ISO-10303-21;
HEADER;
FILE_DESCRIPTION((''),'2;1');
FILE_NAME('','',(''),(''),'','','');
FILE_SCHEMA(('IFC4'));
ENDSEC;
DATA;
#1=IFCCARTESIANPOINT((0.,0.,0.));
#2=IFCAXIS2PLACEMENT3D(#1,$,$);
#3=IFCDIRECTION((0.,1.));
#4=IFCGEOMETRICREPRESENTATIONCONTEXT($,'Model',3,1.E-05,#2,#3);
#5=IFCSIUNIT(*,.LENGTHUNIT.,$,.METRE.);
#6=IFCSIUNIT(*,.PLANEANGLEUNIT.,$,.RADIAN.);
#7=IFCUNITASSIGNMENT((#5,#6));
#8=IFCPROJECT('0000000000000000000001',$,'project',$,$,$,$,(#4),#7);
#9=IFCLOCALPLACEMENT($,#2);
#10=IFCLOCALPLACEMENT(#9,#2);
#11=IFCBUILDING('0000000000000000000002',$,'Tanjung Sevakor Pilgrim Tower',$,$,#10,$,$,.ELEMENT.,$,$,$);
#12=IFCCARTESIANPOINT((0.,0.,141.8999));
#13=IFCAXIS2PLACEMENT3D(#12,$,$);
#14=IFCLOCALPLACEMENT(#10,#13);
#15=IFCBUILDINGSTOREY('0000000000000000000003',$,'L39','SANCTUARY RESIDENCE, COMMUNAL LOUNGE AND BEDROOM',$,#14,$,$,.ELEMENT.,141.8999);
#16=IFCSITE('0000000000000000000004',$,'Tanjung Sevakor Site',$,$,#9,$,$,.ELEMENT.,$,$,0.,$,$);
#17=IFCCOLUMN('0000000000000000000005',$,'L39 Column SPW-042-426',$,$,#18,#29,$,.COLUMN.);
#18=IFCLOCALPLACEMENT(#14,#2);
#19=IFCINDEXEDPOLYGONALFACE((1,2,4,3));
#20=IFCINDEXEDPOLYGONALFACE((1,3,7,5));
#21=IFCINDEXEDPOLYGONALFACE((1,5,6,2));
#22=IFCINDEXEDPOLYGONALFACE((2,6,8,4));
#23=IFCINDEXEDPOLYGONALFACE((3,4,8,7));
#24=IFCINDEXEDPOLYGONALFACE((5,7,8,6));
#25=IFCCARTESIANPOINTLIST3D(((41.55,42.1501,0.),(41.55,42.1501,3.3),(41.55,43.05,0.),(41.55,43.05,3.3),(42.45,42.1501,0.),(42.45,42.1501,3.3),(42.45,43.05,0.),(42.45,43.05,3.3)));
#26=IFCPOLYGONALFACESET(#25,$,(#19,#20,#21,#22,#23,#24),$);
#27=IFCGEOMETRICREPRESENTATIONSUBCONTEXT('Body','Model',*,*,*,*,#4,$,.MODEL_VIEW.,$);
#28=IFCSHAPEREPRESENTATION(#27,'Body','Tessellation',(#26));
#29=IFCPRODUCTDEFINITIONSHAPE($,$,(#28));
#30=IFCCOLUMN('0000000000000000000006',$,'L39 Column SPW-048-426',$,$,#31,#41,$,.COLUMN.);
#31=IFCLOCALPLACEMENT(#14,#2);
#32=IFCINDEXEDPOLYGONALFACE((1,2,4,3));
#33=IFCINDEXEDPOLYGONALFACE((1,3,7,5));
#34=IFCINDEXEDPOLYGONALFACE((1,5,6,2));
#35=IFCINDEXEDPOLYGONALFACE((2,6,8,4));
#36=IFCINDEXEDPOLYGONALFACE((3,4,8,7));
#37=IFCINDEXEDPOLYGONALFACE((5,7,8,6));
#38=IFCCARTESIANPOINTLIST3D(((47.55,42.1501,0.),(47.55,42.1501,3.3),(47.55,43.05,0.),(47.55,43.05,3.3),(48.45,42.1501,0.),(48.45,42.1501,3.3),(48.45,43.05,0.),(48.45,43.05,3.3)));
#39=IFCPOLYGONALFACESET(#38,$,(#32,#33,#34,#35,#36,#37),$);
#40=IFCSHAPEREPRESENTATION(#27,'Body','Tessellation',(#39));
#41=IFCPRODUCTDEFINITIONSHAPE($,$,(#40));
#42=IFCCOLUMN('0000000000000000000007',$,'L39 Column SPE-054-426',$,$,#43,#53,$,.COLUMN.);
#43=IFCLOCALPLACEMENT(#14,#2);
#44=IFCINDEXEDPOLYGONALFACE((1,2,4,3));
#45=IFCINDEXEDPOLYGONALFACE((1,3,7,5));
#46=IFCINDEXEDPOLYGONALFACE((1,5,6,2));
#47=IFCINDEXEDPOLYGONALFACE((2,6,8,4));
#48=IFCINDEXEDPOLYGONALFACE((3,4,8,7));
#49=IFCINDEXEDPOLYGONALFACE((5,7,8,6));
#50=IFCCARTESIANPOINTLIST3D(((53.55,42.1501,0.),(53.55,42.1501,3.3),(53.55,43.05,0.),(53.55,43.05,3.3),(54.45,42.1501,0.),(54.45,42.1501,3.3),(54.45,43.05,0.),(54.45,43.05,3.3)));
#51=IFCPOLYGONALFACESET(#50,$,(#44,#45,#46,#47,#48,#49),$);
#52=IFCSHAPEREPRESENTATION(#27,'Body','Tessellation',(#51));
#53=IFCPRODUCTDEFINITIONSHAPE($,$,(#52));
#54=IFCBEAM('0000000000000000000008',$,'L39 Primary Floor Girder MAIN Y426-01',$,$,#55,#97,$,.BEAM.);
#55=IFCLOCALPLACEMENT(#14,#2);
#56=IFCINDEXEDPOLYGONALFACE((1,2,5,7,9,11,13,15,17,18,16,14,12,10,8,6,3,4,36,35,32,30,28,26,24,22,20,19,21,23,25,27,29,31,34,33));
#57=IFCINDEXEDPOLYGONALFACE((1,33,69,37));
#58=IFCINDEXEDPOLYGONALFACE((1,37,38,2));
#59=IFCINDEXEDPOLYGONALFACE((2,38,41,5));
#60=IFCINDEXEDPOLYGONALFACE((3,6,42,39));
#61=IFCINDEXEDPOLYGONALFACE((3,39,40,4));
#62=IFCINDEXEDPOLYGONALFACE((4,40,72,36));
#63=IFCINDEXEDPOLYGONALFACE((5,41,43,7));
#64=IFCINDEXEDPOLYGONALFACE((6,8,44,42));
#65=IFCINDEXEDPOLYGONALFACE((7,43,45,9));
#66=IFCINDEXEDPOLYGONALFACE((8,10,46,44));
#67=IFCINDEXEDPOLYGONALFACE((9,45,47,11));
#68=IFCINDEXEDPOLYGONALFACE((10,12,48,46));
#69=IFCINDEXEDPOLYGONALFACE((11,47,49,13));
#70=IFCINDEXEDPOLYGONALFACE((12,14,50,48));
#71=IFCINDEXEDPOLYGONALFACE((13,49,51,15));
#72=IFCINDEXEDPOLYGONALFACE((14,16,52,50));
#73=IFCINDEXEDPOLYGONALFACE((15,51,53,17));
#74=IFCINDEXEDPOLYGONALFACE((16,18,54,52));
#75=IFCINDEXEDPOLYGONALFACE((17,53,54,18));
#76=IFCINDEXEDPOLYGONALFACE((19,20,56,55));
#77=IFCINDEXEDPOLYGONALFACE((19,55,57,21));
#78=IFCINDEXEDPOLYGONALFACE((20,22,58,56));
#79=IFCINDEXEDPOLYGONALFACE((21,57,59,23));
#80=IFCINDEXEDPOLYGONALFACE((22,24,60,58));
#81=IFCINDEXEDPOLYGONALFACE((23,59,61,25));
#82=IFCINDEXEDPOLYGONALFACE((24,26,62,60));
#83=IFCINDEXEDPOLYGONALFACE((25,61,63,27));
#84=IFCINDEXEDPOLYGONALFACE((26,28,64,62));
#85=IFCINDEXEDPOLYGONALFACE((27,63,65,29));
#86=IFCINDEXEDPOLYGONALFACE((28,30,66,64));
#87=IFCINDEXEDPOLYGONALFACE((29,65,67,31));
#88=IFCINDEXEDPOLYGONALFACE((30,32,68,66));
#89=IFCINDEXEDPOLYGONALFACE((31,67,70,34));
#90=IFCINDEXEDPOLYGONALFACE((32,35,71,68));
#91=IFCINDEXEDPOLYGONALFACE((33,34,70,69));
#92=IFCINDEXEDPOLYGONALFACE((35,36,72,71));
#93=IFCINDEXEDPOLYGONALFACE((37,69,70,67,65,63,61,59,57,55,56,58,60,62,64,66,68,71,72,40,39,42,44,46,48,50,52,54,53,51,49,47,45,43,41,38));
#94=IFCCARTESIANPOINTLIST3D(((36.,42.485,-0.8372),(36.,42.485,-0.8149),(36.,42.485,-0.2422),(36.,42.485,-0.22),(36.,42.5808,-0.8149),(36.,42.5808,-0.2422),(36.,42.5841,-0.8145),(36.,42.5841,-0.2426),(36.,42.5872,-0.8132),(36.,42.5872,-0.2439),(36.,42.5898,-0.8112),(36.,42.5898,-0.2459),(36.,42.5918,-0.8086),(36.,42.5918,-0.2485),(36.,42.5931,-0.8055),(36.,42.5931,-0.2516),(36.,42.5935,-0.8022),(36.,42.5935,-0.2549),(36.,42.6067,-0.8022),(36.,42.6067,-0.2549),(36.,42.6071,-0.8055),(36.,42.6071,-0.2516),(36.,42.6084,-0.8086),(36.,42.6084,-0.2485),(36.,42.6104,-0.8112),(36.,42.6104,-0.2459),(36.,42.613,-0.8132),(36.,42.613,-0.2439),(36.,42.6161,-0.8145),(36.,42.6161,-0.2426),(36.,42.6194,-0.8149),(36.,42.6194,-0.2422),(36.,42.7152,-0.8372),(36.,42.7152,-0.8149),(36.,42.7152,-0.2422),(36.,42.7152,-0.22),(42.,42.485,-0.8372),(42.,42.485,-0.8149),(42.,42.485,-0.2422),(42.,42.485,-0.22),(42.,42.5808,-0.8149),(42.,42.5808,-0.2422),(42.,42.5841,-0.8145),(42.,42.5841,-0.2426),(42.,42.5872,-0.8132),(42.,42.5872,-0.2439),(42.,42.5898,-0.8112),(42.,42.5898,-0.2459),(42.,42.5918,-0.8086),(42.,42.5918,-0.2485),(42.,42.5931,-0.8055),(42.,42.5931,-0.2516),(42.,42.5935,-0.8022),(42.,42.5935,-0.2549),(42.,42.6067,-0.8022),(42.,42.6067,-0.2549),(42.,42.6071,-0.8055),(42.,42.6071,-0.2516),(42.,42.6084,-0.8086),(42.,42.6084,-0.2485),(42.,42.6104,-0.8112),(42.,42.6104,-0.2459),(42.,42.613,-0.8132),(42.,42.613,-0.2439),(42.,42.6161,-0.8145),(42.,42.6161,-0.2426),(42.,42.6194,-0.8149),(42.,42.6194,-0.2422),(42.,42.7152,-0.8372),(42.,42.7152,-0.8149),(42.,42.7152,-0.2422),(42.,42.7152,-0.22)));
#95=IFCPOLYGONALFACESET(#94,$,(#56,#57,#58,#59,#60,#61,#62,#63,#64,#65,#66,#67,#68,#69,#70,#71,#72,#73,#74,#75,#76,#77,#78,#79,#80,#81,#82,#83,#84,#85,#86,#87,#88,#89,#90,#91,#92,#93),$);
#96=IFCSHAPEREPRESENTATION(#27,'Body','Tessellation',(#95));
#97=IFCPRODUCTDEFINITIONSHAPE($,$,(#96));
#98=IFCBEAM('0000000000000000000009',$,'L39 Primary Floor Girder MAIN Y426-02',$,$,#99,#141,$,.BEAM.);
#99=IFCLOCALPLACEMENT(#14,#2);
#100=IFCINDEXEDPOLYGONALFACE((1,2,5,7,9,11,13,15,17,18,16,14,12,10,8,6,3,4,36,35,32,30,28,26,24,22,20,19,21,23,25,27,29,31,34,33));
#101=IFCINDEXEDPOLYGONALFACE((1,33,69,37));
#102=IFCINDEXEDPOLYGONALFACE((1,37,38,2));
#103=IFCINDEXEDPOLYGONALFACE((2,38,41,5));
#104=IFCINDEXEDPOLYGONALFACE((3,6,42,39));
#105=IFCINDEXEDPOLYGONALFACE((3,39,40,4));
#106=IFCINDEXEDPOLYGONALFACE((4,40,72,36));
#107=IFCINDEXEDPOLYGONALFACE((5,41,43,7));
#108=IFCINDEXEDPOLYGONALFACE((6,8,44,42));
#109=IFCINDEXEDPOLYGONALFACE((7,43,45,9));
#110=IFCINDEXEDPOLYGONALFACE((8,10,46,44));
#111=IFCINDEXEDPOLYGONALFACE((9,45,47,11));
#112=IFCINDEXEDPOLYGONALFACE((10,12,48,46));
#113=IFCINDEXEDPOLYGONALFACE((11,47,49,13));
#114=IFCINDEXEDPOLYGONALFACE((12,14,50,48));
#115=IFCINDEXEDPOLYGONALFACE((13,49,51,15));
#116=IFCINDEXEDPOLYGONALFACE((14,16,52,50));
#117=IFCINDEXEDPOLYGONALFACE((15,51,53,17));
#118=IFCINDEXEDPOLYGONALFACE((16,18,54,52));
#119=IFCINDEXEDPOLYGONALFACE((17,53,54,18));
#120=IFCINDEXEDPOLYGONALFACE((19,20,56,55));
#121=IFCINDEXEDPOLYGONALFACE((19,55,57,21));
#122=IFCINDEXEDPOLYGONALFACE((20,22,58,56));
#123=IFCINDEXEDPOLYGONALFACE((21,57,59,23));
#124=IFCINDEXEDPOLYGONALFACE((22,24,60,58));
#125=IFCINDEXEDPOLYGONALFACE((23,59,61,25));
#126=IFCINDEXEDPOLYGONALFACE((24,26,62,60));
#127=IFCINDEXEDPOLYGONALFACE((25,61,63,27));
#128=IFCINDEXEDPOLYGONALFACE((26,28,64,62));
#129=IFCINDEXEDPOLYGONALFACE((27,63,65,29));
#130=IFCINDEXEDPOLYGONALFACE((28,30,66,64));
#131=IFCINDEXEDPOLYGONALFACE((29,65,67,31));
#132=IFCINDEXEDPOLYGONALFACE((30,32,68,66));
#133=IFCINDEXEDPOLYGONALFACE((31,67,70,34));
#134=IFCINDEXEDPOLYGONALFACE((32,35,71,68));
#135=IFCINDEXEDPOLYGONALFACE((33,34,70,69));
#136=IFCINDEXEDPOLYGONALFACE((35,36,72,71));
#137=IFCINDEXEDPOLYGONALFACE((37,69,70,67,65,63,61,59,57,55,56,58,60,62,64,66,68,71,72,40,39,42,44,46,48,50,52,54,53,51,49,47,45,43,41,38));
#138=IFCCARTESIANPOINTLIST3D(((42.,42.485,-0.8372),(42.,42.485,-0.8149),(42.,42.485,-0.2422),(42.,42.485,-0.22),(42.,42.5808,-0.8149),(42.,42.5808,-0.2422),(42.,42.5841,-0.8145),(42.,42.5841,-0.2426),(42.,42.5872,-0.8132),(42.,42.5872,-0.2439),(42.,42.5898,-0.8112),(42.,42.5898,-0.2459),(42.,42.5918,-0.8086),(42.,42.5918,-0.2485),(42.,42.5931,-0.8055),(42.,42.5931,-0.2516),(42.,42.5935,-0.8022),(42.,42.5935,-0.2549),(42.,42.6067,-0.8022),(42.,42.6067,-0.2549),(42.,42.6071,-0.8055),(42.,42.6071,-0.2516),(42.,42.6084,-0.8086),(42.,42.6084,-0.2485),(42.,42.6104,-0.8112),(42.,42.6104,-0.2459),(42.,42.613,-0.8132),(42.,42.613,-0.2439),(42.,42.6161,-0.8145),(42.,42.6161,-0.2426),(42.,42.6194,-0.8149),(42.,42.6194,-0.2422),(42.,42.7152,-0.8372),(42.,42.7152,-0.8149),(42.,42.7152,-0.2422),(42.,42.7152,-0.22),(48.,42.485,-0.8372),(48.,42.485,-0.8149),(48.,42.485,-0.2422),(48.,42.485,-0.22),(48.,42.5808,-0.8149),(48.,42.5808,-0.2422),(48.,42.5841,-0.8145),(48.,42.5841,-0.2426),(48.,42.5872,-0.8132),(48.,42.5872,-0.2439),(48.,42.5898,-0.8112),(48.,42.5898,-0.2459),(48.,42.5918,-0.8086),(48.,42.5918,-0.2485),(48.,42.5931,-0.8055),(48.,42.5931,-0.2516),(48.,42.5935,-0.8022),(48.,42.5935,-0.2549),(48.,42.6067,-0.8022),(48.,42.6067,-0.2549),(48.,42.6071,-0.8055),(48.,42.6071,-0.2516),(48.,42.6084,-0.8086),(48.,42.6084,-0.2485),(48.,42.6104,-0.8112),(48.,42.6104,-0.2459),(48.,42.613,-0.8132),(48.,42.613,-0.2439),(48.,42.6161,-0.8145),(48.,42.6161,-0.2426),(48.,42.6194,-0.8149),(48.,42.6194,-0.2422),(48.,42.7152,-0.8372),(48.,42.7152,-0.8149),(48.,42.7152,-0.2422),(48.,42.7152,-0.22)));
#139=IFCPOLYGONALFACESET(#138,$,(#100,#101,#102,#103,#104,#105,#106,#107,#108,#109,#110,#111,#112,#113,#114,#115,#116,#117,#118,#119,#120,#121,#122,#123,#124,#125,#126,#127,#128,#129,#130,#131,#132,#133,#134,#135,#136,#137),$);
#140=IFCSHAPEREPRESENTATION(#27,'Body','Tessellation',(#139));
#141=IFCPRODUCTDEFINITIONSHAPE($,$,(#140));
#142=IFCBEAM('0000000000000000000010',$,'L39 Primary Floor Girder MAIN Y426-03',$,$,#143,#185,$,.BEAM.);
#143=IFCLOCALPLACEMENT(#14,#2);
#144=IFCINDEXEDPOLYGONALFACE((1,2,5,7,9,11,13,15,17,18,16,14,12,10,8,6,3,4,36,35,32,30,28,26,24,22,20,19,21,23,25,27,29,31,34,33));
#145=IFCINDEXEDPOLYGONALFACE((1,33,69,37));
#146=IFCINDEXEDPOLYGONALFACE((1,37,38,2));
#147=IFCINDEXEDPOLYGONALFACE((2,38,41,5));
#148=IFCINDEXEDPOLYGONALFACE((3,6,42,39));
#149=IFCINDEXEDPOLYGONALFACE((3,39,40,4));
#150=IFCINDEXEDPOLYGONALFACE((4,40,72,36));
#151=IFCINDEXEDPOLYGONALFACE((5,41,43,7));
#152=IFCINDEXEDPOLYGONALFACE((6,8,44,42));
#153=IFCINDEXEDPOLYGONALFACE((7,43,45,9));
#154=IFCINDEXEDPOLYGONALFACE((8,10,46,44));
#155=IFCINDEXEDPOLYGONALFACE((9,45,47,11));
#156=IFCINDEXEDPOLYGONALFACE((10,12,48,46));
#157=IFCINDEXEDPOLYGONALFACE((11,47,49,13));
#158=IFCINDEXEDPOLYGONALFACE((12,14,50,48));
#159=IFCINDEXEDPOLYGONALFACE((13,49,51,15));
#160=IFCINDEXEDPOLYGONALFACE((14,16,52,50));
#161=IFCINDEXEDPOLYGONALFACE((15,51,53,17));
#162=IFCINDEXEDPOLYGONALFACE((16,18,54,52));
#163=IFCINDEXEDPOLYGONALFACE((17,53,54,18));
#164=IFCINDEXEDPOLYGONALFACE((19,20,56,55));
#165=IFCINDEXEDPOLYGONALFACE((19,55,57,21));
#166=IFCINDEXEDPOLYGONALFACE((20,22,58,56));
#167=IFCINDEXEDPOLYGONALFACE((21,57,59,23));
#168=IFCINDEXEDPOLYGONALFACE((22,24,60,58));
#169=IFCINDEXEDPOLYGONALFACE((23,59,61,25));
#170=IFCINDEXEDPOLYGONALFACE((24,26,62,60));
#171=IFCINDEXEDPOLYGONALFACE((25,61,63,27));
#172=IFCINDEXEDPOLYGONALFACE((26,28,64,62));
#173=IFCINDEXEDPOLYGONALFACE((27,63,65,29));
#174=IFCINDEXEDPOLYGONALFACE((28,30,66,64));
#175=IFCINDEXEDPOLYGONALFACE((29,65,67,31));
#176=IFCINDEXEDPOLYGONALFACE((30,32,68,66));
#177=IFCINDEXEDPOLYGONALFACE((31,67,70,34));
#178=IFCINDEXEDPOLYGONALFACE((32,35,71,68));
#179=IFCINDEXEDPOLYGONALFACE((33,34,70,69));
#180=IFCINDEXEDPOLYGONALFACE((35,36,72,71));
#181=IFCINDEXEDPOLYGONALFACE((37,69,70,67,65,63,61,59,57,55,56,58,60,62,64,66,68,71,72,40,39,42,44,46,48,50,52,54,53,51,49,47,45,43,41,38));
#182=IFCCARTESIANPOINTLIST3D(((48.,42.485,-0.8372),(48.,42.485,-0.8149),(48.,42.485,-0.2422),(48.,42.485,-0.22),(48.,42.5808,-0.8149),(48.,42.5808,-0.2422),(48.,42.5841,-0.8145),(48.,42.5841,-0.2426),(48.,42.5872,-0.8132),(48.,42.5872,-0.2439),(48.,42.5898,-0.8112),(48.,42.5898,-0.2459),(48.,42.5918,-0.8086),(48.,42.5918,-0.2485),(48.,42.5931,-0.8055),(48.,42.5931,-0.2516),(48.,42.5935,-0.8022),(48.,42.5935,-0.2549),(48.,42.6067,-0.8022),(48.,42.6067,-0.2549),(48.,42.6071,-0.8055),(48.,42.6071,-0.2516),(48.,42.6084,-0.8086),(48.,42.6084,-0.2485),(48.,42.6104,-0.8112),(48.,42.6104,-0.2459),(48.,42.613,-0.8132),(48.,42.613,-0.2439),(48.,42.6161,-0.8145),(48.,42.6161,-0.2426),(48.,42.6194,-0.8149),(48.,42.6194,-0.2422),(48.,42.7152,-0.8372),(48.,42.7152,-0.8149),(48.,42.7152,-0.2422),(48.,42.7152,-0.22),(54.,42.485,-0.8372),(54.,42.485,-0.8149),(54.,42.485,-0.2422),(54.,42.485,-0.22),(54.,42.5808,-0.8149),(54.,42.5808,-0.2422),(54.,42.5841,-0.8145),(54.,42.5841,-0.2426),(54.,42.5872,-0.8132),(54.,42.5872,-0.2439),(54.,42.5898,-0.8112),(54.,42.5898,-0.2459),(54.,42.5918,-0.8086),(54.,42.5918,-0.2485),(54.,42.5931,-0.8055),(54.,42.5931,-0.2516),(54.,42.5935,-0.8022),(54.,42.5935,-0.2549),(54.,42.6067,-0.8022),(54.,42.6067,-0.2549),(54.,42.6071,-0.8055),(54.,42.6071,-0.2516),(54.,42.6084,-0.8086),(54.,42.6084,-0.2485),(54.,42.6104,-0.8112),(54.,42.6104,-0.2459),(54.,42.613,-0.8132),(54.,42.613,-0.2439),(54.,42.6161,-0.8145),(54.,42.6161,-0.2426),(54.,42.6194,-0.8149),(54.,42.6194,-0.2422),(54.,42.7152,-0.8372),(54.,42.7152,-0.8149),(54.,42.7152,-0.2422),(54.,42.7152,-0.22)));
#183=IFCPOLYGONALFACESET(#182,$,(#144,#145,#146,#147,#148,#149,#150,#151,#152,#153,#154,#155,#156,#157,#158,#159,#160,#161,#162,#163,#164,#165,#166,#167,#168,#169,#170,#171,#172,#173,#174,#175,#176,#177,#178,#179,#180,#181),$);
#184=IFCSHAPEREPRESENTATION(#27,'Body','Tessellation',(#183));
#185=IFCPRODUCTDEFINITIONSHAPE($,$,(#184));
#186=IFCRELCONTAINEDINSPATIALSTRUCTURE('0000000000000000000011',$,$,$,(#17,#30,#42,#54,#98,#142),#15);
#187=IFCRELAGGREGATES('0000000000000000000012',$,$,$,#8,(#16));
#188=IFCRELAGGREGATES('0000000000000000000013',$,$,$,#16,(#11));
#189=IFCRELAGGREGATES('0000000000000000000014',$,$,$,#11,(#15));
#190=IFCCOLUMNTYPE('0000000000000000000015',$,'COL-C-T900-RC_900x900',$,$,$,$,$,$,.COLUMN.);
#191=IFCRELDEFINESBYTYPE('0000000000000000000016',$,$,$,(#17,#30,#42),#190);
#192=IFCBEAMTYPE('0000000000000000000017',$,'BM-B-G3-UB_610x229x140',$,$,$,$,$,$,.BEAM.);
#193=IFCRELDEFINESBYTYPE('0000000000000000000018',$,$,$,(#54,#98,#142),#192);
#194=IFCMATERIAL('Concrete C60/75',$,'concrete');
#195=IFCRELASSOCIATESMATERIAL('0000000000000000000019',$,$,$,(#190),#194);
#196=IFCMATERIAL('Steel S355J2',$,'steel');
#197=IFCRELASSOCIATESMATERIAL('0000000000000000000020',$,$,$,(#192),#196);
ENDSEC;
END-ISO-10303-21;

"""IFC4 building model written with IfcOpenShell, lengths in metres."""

from ifc_helpers import new_model, si_unit, direction, frame, origin, origin_2d, place, context, subcontext, project, spatial, rectangle, i_section, extrude, material, material_profile, profile_set, type_object, element, save


model = new_model("IFC4")

# Units and contexts
model_context = context("Model", 3, precision=1e-05, world=origin(), true_north=direction((0.0, 1.0)))
body_context = subcontext(model_context, "Body", "Model", "MODEL_VIEW")
ifc_project = project(units=[si_unit("LENGTHUNIT", "METRE"), si_unit("PLANEANGLEUNIT", "RADIAN")], contexts=[model_context])

# Site, building, storey
site_placement = place(None, origin())
site = spatial("IfcSite", under=ifc_project, at=site_placement, Name="Tanjung Sevakor Site", CompositionType="ELEMENT", RefElevation=0.0)
building_placement = place(site_placement, origin())
building = spatial("IfcBuilding", under=site, at=building_placement, Name="Tanjung Sevakor Pilgrim Tower", CompositionType="ELEMENT")
storey_placement = place(building_placement, frame((0.0, 0.0, 141.8999)))
storey = spatial("IfcBuildingStorey", under=building, at=storey_placement, Name="L39", Description="SANCTUARY RESIDENCE, COMMUNAL LOUNGE AND BEDROOM", CompositionType="ELEMENT", Elevation=141.8999)

# Columns
ifc_material_1 = material(Name="Concrete C60/75", Category="concrete")
ifc_material_profile_1 = material_profile(ifc_material_1, rectangle(XDim=0.8999, YDim=0.8999, at=origin_2d()))
ifc_profile_set_1 = profile_set([ifc_material_profile_1], Name="Concrete C60/75")
column_type = type_object("IfcColumnType", Name="COL-C-T900-RC_900x900", PredefinedType="COLUMN", material=ifc_profile_set_1)
for number, where, z_axis, x_axis, name in (
    (1, (42.0, 42.6001, 0.0), (0.0, 0.0, 1.0), (1.0, 0.0, 0.0), "L39 Column SPW-042-426"),
    (2, (48.0, 42.6001, 0.0), (0.0, 0.0, 1.0), (1.0, 0.0, 0.0), "L39 Column SPW-048-426"),
    (3, (54.0, 42.6001, 0.0), (0.0, 0.0, 1.0), (1.0, 0.0, 0.0), "L39 Column SPE-054-426"),
):
    element("IfcColumn", number, at=place(storey_placement, frame(where, z_axis=z_axis, x_axis=x_axis)), inside=storey, type_object=column_type, Name=name, PredefinedType="COLUMN", context=body_context, shape_type="SweptSolid", body=[
        extrude(rectangle(XDim=0.8999, YDim=0.8999, at=origin_2d()), origin(), (0.0, 0.0, 1.0), 3.3),
    ])

# Beams
ifc_material_2 = material(Name="Steel S355J2", Category="steel")
ifc_material_profile_2 = material_profile(ifc_material_2, i_section(OverallWidth=0.2302, OverallDepth=0.6172, WebThickness=0.0132, FlangeThickness=0.0222, FilletRadius=0.0127, at=origin_2d()))
ifc_profile_set_2 = profile_set([ifc_material_profile_2], Name="Steel S355J2")
beam_type_1 = type_object("IfcBeamType", Name="BM-B-G3-UB_610x229x140", PredefinedType="BEAM", material=ifc_profile_set_2)
for number, where, z_axis, x_axis, name in (
    (4, (36.0, 42.6001, -0.5286), (1.0, 0.0, 0.0), (0.0, 1.0, 0.0), "L39 Primary Floor Girder MAIN Y426-01"),
    (5, (42.0, 42.6001, -0.5286), (1.0, 0.0, 0.0), (0.0, 1.0, 0.0), "L39 Primary Floor Girder MAIN Y426-02"),
    (6, (48.0, 42.6001, -0.5286), (1.0, 0.0, 0.0), (0.0, 1.0, 0.0), "L39 Primary Floor Girder MAIN Y426-03"),
):
    element("IfcBeam", number, at=place(storey_placement, frame(where, z_axis=z_axis, x_axis=x_axis)), inside=storey, type_object=beam_type_1, Name=name, PredefinedType="BEAM", context=body_context, shape_type="SweptSolid", body=[
        extrude(i_section(OverallWidth=0.2302, OverallDepth=0.6172, WebThickness=0.0132, FlangeThickness=0.0222, FilletRadius=0.0127, at=origin_2d()), origin(), (0.0, 0.0, 1.0), 6.0),
    ])

save(model, "model.ifc")
